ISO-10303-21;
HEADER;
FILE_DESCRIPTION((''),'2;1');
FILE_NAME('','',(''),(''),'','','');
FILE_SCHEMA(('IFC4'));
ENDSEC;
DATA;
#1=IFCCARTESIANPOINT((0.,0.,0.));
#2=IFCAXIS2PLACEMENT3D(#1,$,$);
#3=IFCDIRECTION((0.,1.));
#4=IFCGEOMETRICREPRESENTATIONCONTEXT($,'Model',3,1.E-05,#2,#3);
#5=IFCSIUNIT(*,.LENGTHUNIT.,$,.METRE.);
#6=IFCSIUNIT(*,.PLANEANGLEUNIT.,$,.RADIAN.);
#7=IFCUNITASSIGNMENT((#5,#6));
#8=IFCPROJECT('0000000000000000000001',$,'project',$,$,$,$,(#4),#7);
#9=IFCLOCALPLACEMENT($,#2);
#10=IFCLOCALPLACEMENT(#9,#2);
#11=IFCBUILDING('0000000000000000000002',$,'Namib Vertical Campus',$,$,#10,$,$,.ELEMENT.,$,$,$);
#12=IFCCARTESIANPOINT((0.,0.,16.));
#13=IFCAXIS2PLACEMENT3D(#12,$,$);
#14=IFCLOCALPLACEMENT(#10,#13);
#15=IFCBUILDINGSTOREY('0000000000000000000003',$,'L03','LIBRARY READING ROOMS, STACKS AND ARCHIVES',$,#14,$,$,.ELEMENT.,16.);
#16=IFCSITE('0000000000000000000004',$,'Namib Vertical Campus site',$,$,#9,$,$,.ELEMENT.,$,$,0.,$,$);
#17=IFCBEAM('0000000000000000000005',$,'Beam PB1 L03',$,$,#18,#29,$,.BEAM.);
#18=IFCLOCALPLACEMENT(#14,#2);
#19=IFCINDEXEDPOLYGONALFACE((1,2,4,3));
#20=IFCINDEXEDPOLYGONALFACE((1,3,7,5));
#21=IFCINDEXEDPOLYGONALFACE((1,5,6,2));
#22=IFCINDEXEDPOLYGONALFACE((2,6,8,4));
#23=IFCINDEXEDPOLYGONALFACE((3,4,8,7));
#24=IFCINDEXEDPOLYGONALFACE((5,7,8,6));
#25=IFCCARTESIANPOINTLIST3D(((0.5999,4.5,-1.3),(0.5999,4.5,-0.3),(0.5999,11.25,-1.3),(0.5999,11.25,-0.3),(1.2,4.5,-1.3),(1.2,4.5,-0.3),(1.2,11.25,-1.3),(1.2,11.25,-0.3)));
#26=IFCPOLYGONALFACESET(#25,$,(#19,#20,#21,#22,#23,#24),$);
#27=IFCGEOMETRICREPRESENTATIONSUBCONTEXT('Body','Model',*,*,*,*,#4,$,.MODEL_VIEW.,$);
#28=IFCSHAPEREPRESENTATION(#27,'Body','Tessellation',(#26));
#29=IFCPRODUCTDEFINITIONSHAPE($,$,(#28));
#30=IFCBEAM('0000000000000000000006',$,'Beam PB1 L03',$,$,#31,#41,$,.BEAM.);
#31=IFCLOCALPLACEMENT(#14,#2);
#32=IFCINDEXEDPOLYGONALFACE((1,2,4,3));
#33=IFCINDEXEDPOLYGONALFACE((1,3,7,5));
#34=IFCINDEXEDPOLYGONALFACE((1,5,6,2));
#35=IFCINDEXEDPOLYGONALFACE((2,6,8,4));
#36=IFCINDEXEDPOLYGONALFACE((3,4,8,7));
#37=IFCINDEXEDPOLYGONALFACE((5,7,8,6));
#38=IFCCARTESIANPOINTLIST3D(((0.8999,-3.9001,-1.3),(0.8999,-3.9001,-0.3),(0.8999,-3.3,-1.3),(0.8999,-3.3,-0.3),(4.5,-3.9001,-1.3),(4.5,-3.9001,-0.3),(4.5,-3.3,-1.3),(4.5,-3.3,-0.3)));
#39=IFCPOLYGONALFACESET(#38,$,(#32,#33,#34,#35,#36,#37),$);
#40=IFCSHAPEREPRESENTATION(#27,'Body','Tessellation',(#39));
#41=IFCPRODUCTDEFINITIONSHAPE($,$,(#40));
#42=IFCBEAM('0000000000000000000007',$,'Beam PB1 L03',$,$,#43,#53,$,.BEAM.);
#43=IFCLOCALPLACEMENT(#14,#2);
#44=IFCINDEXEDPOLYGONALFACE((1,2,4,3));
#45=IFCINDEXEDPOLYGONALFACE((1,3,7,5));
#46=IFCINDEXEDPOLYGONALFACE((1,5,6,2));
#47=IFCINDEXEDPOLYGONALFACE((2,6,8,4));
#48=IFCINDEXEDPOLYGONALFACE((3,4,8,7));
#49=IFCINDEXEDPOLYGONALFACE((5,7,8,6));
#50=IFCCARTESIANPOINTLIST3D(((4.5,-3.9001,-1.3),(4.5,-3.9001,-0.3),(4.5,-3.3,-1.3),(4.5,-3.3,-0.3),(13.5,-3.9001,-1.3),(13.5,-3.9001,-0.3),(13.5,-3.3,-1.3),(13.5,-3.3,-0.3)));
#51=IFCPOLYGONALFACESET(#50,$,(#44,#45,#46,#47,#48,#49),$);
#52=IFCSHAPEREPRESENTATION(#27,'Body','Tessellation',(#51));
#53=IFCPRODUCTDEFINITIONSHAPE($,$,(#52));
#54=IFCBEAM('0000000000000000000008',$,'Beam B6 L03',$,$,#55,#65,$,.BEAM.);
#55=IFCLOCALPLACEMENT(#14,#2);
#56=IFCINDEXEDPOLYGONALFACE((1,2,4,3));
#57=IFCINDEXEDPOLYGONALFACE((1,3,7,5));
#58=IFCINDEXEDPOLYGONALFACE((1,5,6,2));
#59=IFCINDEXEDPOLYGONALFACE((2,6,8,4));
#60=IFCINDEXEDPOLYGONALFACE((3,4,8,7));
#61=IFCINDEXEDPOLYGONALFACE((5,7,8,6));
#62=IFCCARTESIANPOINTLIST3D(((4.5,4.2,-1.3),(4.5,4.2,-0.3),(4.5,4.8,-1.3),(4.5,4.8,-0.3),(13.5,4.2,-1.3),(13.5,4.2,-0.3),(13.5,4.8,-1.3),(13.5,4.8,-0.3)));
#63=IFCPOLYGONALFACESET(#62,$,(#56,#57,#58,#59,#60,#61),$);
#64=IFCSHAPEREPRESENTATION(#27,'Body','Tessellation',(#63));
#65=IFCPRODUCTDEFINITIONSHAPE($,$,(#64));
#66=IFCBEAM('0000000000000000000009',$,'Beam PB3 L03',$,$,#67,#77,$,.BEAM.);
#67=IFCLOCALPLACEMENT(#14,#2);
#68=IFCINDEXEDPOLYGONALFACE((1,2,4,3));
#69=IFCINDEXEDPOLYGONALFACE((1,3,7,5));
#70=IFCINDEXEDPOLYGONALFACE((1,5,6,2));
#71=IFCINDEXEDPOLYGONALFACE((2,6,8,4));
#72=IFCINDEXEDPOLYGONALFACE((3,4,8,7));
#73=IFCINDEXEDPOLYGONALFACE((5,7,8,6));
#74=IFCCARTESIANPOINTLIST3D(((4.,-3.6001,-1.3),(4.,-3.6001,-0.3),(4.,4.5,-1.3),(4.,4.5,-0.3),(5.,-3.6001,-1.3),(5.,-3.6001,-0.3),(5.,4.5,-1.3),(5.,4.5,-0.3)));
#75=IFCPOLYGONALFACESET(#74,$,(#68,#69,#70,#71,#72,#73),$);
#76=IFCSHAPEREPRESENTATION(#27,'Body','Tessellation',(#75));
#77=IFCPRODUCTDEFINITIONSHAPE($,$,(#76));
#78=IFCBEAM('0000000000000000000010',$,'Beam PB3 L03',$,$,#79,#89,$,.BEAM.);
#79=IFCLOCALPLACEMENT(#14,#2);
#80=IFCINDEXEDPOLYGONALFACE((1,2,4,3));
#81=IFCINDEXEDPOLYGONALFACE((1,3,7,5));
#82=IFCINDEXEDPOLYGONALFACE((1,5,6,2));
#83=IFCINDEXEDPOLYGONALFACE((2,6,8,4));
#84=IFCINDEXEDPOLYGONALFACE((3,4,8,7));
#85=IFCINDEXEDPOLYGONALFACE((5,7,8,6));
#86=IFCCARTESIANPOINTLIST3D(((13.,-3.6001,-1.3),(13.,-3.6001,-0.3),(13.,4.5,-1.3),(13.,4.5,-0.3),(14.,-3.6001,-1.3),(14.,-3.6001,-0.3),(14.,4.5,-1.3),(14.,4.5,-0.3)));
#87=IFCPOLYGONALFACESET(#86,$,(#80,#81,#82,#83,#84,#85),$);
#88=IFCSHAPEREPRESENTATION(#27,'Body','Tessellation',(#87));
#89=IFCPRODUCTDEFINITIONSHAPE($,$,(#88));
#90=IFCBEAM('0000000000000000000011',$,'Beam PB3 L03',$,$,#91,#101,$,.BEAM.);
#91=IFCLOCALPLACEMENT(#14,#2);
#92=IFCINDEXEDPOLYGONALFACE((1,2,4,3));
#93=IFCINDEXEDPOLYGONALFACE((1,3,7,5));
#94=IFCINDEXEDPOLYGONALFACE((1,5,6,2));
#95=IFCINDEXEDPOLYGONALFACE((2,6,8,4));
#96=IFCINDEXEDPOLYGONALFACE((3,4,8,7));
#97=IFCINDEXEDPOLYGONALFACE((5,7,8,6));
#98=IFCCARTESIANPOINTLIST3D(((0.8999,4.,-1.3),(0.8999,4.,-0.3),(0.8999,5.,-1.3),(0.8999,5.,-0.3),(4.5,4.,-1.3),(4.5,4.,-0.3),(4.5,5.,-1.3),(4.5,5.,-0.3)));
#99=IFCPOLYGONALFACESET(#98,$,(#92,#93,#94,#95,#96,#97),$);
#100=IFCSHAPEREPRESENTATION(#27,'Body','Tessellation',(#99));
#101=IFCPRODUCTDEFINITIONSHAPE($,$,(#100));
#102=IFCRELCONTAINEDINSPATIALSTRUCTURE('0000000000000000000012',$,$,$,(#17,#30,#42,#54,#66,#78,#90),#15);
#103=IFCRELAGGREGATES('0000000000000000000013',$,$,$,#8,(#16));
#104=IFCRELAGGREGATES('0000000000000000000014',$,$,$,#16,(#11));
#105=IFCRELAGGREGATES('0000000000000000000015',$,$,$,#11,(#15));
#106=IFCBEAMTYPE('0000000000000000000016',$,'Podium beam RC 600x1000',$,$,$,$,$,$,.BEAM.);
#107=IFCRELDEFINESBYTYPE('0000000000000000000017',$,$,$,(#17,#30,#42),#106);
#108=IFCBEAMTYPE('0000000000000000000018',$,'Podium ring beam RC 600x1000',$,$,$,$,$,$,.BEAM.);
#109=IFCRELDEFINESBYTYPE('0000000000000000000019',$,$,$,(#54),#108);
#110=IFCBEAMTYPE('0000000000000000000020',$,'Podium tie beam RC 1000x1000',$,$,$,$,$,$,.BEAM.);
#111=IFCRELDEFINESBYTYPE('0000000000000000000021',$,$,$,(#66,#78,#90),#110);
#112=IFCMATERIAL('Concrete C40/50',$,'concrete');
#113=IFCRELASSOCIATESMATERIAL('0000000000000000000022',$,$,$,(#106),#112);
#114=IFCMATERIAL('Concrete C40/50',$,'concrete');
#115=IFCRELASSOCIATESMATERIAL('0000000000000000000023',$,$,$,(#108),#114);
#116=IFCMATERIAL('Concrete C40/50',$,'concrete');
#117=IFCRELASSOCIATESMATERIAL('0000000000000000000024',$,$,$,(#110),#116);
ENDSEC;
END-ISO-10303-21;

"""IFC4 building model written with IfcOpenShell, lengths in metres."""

from ifc_helpers import new_model, si_unit, direction, frame, origin, origin_2d, place, context, subcontext, project, spatial, rectangle, extrude, material, material_profile, profile_set, type_object, element, save


model = new_model("IFC4")

# Units and contexts
model_context = context("Model", 3, precision=1e-05, world=origin(), true_north=direction((0.0, 1.0)))
body_context = subcontext(model_context, "Body", "Model", "MODEL_VIEW")
ifc_project = project(units=[si_unit("LENGTHUNIT", "METRE"), si_unit("PLANEANGLEUNIT", "RADIAN")], contexts=[model_context])

# Site, building, storey
site_placement = place(None, origin())
site = spatial("IfcSite", under=ifc_project, at=site_placement, Name="Namib Vertical Campus site", CompositionType="ELEMENT", RefElevation=0.0)
building_placement = place(site_placement, origin())
building = spatial("IfcBuilding", under=site, at=building_placement, Name="Namib Vertical Campus", CompositionType="ELEMENT")
storey_placement = place(building_placement, frame((0.0, 0.0, 16.0)))
storey = spatial("IfcBuildingStorey", under=building, at=storey_placement, Name="L03", Description="LIBRARY READING ROOMS, STACKS AND ARCHIVES", CompositionType="ELEMENT", Elevation=16.0)

# Beams
ifc_material_1 = material(Name="Concrete C40/50", Category="concrete")
ifc_material_profile_1 = material_profile(ifc_material_1, rectangle(XDim=0.6001, YDim=1.0, at=origin_2d()))
ifc_profile_set_1 = profile_set([ifc_material_profile_1], Name="Concrete C40/50")
beam_type_1 = type_object("IfcBeamType", Name="Podium beam RC 600x1000", PredefinedType="BEAM", material=ifc_profile_set_1)
beam_1_placement = place(storey_placement, frame((0.8999, 4.5, -0.8), z_axis=(0.0, 1.0, 0.0), x_axis=(-1.0, 0.0, 0.0)))
element("IfcBeam", 1, at=beam_1_placement, inside=storey, type_object=beam_type_1, Name="Beam PB1 L03", PredefinedType="BEAM", context=body_context, shape_type="SweptSolid", body=[
    extrude(rectangle(XDim=0.6001, YDim=1.0, at=origin_2d()), origin(), (0.0, 0.0, 1.0), 6.75),
])
beam_2_placement = place(storey_placement, frame((0.8999, -3.6001, -0.8), z_axis=(1.0, 0.0, 0.0), x_axis=(0.0, 1.0, 0.0)))
element("IfcBeam", 2, at=beam_2_placement, inside=storey, type_object=beam_type_1, Name="Beam PB1 L03", PredefinedType="BEAM", context=body_context, shape_type="SweptSolid", body=[
    extrude(rectangle(XDim=0.6001, YDim=1.0, at=origin_2d()), origin(), (0.0, 0.0, 1.0), 3.6001),
])
beam_3_placement = place(storey_placement, frame((4.5, -3.6001, -0.8), z_axis=(1.0, 0.0, 0.0), x_axis=(0.0, 1.0, 0.0)))
element("IfcBeam", 3, at=beam_3_placement, inside=storey, type_object=beam_type_1, Name="Beam PB1 L03", PredefinedType="BEAM", context=body_context, shape_type="SweptSolid", body=[
    extrude(rectangle(XDim=0.6001, YDim=1.0, at=origin_2d()), origin(), (0.0, 0.0, 1.0), 9.0),
])
ifc_material_2 = material(Name="Concrete C40/50", Category="concrete")
ifc_material_profile_2 = material_profile(ifc_material_2, rectangle(XDim=0.6001, YDim=1.0, at=origin_2d()))
ifc_profile_set_2 = profile_set([ifc_material_profile_2], Name="Concrete C40/50")
beam_type_2 = type_object("IfcBeamType", Name="Podium ring beam RC 600x1000", PredefinedType="BEAM", material=ifc_profile_set_2)
beam_4_placement = place(storey_placement, frame((4.5, 4.5, -0.8), z_axis=(1.0, 0.0, 0.0), x_axis=(0.0, 1.0, 0.0)))
element("IfcBeam", 4, at=beam_4_placement, inside=storey, type_object=beam_type_2, Name="Beam B6 L03", PredefinedType="BEAM", context=body_context, shape_type="SweptSolid", body=[
    extrude(rectangle(XDim=0.6001, YDim=1.0, at=origin_2d()), origin(), (0.0, 0.0, 1.0), 9.0),
])
ifc_material_3 = material(Name="Concrete C40/50", Category="concrete")
ifc_material_profile_3 = material_profile(ifc_material_3, rectangle(XDim=1.0, YDim=1.0, at=origin_2d()))
ifc_profile_set_3 = profile_set([ifc_material_profile_3], Name="Concrete C40/50")
beam_type_3 = type_object("IfcBeamType", Name="Podium tie beam RC 1000x1000", PredefinedType="BEAM", material=ifc_profile_set_3)
for number, where, z_axis, x_axis, name in (
    (5, (4.5, -3.6001, -0.8), (0.0, 1.0, 0.0), (-1.0, 0.0, 0.0), "Beam PB3 L03"),
    (6, (13.5, -3.6001, -0.8), (0.0, 1.0, 0.0), (-1.0, 0.0, 0.0), "Beam PB3 L03"),
):
    element("IfcBeam", number, at=place(storey_placement, frame(where, z_axis=z_axis, x_axis=x_axis)), inside=storey, type_object=beam_type_3, Name=name, PredefinedType="BEAM", context=body_context, shape_type="SweptSolid", body=[
        extrude(rectangle(XDim=1.0, YDim=1.0, at=origin_2d()), origin(), (0.0, 0.0, 1.0), 8.1001),
    ])
beam_5_placement = place(storey_placement, frame((0.8999, 4.5, -0.8), z_axis=(1.0, 0.0, 0.0), x_axis=(0.0, 1.0, 0.0)))
element("IfcBeam", 7, at=beam_5_placement, inside=storey, type_object=beam_type_3, Name="Beam PB3 L03", PredefinedType="BEAM", context=body_context, shape_type="SweptSolid", body=[
    extrude(rectangle(XDim=1.0, YDim=1.0, at=origin_2d()), origin(), (0.0, 0.0, 1.0), 3.6001),
])

save(model, "model.ifc")
